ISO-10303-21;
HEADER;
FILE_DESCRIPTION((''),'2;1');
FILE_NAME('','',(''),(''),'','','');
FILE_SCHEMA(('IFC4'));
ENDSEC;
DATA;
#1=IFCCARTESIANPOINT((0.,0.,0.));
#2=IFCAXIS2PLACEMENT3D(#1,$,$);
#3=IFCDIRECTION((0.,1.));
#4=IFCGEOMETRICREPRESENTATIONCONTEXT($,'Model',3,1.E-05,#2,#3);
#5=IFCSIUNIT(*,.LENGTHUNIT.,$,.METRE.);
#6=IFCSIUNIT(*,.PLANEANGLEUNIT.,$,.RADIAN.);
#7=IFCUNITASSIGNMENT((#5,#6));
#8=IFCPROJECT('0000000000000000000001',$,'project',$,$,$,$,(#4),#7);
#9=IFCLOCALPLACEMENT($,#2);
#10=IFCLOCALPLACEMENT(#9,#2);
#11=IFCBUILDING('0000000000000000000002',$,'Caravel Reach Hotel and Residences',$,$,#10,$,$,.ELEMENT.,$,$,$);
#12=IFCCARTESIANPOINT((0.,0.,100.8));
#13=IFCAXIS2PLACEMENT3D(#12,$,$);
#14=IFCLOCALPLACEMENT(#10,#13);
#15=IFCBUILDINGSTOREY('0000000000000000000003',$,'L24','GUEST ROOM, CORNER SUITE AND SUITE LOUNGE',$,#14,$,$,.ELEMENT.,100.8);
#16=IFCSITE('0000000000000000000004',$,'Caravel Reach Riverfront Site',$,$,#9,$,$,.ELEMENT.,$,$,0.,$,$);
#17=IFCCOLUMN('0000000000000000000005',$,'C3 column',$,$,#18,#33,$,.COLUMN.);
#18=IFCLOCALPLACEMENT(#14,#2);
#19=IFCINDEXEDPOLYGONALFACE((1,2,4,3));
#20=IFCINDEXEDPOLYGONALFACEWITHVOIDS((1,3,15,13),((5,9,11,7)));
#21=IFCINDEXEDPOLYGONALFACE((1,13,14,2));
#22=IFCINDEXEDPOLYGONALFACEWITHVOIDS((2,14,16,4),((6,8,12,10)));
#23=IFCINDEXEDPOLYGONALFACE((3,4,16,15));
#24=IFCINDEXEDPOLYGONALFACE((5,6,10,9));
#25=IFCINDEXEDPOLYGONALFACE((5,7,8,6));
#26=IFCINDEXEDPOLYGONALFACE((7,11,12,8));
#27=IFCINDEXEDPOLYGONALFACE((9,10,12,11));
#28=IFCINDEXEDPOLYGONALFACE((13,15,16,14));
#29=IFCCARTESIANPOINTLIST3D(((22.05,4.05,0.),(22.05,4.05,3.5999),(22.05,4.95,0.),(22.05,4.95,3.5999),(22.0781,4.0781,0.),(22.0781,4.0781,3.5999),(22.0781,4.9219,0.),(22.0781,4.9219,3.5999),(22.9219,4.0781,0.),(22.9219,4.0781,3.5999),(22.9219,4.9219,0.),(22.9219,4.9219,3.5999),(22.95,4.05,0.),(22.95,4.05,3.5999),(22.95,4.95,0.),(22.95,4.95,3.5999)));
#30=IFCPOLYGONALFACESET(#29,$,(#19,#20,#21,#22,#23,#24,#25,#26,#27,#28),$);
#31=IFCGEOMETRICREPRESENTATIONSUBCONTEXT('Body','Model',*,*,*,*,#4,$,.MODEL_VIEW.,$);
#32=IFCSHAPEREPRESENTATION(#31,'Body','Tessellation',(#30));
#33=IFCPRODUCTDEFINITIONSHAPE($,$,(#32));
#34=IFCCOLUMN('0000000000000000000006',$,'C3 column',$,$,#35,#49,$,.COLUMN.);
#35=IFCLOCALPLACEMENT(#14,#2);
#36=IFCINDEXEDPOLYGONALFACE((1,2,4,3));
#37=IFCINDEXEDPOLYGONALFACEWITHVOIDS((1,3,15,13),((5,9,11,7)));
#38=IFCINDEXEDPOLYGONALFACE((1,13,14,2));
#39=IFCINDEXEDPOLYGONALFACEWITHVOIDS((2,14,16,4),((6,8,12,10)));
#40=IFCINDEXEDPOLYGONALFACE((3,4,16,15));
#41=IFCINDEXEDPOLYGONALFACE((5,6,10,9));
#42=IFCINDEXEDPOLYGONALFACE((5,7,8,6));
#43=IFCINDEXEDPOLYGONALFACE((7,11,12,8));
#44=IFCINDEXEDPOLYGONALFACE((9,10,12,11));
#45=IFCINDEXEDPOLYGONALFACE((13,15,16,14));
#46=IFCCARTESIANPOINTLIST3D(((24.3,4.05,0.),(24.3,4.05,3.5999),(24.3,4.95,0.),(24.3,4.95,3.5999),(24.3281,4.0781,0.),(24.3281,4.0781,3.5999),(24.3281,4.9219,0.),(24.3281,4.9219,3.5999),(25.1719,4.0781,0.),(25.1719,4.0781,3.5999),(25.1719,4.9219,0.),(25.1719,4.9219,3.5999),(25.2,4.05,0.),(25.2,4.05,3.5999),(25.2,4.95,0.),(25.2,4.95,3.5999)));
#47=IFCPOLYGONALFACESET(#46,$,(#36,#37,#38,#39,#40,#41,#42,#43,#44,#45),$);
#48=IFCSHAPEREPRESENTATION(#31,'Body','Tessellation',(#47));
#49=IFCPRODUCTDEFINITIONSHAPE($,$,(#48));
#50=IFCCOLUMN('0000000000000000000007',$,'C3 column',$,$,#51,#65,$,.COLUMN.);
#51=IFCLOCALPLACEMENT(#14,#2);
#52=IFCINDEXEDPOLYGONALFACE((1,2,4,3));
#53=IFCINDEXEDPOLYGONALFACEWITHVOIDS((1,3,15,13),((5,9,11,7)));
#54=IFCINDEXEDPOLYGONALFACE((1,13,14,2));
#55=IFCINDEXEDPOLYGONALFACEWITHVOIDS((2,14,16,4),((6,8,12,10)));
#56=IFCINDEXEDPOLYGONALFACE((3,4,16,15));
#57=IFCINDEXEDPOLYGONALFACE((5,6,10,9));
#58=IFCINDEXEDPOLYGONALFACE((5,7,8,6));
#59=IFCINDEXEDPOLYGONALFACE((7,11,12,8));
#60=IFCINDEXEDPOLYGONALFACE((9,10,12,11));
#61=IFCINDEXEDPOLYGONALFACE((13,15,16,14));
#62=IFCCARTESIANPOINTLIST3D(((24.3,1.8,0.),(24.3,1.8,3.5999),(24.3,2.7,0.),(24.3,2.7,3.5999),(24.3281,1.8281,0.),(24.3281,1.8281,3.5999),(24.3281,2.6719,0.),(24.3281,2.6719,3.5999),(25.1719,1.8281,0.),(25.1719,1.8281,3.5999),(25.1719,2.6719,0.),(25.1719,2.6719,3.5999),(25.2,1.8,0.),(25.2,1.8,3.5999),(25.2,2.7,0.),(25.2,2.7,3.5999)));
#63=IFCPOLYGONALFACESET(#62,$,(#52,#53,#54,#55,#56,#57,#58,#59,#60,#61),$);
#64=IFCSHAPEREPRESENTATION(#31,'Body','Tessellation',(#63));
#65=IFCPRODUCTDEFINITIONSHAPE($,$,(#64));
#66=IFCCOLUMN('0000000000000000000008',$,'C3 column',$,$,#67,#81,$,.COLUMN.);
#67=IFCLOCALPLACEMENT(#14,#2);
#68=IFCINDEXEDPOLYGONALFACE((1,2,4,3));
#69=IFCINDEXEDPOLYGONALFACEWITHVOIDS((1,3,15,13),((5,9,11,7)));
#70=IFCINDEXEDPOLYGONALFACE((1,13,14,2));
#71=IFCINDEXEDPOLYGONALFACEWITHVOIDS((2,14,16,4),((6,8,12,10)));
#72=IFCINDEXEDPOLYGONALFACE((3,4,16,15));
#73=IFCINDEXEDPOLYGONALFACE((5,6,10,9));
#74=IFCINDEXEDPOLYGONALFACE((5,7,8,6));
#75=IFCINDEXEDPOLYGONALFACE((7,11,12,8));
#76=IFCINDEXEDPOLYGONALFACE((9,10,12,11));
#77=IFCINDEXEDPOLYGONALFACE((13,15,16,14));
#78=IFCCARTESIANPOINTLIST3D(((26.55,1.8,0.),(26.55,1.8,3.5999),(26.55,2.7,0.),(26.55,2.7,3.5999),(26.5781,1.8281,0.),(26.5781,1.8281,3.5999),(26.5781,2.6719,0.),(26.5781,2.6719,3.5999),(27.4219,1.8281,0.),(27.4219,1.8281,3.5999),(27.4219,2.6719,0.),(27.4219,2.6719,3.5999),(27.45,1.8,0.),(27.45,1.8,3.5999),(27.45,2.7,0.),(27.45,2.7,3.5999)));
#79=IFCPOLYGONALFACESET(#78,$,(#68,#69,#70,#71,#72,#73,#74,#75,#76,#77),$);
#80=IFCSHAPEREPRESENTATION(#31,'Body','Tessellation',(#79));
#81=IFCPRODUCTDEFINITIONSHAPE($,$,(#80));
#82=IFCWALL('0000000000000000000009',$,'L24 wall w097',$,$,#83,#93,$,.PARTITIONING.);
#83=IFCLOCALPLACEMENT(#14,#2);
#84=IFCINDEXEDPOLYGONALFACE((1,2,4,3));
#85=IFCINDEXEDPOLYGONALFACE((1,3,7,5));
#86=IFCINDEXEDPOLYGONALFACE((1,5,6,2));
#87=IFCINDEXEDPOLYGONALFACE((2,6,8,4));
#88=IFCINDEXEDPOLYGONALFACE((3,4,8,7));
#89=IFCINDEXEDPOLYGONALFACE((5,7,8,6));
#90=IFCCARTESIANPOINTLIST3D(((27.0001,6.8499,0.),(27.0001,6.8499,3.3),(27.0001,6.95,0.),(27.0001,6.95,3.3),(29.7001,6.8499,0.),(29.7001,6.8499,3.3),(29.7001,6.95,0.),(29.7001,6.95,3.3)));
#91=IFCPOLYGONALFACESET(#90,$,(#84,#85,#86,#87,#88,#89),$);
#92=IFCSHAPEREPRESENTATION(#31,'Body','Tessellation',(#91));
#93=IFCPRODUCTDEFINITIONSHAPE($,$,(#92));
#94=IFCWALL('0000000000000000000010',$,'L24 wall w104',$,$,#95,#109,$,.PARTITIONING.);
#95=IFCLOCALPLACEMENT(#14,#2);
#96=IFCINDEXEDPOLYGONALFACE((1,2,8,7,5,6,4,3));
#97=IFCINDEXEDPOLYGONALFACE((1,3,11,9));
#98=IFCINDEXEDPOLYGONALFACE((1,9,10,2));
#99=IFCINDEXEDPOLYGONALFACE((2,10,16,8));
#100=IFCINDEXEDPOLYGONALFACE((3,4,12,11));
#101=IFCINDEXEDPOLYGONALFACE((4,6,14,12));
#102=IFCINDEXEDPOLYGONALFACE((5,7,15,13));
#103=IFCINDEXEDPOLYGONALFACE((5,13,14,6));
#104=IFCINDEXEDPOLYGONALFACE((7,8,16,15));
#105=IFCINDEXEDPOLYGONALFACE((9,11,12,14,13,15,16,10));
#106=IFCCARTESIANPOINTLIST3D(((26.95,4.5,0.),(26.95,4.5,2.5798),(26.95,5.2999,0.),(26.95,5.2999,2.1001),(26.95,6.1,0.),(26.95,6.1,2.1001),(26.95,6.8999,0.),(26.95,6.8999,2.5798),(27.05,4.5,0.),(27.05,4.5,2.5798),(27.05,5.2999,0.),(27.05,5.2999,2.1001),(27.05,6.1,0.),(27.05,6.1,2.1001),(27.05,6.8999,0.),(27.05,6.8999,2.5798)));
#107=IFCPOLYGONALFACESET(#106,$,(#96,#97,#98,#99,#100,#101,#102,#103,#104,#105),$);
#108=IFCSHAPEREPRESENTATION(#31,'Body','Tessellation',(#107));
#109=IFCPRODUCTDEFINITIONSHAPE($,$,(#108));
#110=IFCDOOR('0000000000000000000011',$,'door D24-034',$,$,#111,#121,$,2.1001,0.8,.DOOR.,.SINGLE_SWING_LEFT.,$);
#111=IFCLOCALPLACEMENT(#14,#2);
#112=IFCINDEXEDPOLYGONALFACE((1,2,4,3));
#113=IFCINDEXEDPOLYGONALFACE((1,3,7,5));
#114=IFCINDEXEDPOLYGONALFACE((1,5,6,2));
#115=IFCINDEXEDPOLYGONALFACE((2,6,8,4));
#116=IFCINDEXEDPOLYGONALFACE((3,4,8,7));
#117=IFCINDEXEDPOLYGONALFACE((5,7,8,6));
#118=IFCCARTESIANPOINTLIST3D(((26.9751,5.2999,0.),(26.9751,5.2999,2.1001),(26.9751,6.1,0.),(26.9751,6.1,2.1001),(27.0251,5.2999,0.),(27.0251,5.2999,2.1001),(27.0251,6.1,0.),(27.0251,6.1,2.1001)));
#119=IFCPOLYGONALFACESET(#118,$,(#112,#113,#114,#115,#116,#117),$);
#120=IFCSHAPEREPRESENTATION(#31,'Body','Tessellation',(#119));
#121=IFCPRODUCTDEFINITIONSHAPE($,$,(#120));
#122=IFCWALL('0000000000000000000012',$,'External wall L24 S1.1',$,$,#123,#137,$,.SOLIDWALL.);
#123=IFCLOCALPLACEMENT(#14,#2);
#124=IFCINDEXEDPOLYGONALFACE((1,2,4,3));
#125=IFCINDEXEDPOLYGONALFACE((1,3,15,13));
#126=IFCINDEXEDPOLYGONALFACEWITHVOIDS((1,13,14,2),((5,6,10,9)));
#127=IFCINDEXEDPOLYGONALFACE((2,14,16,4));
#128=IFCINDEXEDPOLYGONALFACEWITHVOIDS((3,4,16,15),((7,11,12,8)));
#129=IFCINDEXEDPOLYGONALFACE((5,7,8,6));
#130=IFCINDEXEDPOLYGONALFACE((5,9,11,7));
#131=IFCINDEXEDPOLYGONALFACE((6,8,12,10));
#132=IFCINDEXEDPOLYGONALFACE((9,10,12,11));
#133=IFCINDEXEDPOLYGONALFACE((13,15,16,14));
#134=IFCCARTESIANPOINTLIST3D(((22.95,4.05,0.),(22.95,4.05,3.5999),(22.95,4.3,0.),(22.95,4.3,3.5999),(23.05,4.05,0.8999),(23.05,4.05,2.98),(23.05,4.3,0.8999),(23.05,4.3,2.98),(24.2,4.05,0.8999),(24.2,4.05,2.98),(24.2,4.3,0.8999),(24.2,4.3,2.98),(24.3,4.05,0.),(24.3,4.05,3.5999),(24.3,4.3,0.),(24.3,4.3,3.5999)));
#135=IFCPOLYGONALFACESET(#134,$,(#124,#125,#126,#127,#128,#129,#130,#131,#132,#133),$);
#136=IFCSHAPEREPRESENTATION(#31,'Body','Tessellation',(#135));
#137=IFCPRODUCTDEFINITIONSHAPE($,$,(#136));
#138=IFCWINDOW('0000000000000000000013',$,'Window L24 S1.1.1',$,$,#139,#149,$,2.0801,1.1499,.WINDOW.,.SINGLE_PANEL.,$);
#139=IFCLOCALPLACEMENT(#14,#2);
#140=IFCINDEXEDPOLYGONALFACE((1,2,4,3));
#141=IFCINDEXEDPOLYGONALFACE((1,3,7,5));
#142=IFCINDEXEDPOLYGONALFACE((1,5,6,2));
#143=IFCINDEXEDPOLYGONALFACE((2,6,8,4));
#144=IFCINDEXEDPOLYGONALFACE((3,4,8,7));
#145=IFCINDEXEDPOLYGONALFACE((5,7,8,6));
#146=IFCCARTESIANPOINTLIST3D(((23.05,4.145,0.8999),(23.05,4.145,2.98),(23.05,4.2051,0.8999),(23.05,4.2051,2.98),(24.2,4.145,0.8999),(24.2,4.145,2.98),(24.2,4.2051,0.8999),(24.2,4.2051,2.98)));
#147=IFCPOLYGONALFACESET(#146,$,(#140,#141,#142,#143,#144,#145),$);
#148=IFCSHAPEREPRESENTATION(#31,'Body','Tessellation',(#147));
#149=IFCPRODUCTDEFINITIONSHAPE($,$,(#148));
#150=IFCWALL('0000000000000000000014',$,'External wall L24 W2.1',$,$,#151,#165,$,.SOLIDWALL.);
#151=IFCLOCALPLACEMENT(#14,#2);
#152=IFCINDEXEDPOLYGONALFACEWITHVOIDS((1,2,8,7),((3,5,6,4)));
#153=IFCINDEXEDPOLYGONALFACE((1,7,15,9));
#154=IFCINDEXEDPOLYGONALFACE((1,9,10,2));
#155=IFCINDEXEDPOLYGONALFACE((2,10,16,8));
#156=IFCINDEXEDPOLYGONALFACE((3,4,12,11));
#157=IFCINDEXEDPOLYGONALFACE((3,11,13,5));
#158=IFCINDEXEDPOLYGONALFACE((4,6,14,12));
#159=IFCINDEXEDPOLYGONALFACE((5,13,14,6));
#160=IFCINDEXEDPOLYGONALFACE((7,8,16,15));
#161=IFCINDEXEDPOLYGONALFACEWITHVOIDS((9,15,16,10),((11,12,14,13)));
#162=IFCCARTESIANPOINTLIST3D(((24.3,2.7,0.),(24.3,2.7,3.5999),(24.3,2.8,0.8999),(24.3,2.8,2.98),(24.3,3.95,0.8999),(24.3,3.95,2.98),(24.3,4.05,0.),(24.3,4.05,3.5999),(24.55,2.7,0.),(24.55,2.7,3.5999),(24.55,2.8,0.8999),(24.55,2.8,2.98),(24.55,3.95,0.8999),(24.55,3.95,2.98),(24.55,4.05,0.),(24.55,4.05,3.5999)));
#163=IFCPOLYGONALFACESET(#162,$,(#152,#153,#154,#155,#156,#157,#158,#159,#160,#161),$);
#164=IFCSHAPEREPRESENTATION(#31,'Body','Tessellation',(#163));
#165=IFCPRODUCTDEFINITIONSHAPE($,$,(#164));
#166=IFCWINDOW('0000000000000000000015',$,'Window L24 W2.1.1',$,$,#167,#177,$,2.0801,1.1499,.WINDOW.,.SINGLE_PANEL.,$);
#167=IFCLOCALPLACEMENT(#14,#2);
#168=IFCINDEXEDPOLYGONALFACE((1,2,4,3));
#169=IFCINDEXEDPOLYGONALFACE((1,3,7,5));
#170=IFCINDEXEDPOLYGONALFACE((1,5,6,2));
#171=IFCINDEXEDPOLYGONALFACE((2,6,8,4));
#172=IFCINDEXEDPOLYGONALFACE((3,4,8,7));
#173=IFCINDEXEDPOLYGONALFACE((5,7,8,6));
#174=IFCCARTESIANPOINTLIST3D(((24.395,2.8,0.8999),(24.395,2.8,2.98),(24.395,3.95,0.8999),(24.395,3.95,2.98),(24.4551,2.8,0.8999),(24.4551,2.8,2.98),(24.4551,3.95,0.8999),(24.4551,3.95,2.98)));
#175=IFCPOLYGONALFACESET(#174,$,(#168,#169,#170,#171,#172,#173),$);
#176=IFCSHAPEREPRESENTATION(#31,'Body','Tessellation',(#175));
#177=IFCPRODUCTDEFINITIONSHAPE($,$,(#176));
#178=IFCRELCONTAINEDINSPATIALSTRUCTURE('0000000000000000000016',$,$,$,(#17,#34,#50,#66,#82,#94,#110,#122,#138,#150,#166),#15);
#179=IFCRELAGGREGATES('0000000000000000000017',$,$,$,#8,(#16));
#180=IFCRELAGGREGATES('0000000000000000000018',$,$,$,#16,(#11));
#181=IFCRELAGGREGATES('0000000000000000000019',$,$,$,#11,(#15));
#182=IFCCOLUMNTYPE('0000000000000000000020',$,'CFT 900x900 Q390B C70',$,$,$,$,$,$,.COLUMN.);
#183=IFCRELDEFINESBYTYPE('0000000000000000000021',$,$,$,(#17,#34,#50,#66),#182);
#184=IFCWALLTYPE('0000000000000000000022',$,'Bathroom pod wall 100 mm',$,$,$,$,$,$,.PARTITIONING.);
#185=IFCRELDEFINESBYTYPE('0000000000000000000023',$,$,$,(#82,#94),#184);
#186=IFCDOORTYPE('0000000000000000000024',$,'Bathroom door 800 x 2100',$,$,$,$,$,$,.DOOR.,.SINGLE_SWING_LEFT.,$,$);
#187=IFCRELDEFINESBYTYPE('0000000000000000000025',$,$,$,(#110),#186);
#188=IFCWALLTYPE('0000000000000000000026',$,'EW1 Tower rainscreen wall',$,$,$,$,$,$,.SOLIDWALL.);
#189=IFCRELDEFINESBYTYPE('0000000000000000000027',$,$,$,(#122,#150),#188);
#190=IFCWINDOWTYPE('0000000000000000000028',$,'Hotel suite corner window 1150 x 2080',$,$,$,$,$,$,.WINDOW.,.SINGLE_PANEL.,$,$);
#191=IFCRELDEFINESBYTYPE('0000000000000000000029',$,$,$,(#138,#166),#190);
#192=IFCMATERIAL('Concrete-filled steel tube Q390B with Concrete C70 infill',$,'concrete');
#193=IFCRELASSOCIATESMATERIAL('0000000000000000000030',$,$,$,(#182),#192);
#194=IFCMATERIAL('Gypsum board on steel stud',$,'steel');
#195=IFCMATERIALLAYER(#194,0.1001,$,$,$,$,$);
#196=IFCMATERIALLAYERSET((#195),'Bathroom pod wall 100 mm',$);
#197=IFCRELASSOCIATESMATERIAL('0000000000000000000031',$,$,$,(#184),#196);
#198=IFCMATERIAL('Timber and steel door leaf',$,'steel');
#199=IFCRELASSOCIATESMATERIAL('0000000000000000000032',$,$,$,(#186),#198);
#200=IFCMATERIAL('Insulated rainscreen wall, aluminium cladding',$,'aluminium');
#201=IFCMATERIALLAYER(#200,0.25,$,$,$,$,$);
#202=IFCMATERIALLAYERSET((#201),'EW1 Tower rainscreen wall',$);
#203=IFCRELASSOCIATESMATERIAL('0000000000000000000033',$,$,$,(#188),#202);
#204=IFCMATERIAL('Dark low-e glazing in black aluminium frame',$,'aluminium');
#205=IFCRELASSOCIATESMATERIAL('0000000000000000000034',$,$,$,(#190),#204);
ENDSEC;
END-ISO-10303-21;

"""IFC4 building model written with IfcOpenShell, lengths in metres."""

from ifc_helpers import new_model, si_unit, direction, frame, frame_2d, origin, origin_2d, place, context, subcontext, project, spatial, rectangle, hollow_rectangle, extrude, material, layer, layer_set, material_profile, profile_set, type_object, element, fill, save


model = new_model("IFC4")

# Units and contexts
model_context = context("Model", 3, precision=1e-05, world=origin(), true_north=direction((0.0, 1.0)))
body_context = subcontext(model_context, "Body", "Model", "MODEL_VIEW")
ifc_project = project(units=[si_unit("LENGTHUNIT", "METRE"), si_unit("PLANEANGLEUNIT", "RADIAN")], contexts=[model_context])

# Site, building, storey
site_placement = place(None, origin())
site = spatial("IfcSite", under=ifc_project, at=site_placement, Name="Caravel Reach Riverfront Site", CompositionType="ELEMENT", RefElevation=0.0)
building_placement = place(site_placement, origin())
building = spatial("IfcBuilding", under=site, at=building_placement, Name="Caravel Reach Hotel and Residences", CompositionType="ELEMENT")
storey_placement = place(building_placement, frame((0.0, 0.0, 100.8)))
storey = spatial("IfcBuildingStorey", under=building, at=storey_placement, Name="L24", Description="GUEST ROOM, CORNER SUITE AND SUITE LOUNGE", CompositionType="ELEMENT", Elevation=100.8)

# Columns
ifc_material_1 = material(Name="Concrete-filled steel tube Q390B with Concrete C70 infill", Category="concrete")
ifc_material_profile = material_profile(ifc_material_1, hollow_rectangle(XDim=0.8999, YDim=0.8999, WallThickness=0.0281, at=origin_2d()), Name="RHS 900x900x28")
ifc_profile_set = profile_set([ifc_material_profile], Name="Concrete-filled steel tube Q390B with Concrete C70 infill")
column_type = type_object("IfcColumnType", Name="CFT 900x900 Q390B C70", PredefinedType="COLUMN", material=ifc_profile_set)
for number, where, z_axis, x_axis, name in (
    (1, (22.5, 4.5, 0.0), (0.0, 0.0, 1.0), (1.0, 0.0, 0.0), "C3 column"),
    (2, (24.75, 4.5, 0.0), (0.0, 0.0, 1.0), (1.0, 0.0, 0.0), "C3 column"),
    (3, (24.75, 2.25, 0.0), (0.0, 0.0, 1.0), (1.0, 0.0, 0.0), "C3 column"),
    (4, (27.0, 2.25, 0.0), (0.0, 0.0, 1.0), (1.0, 0.0, 0.0), "C3 column"),
):
    element("IfcColumn", number, at=place(storey_placement, frame(where, z_axis=z_axis, x_axis=x_axis)), inside=storey, type_object=column_type, Name=name, PredefinedType="COLUMN", context=body_context, shape_type="SweptSolid", body=[
        extrude(hollow_rectangle(XDim=0.8999, YDim=0.8999, WallThickness=0.0281, at=origin_2d()), origin(), (0.0, 0.0, 1.0), 3.5999),
    ])

# Wall
ifc_material_2 = material(Name="Gypsum board on steel stud", Category="steel")
ifc_layer_1 = layer(ifc_material_2, 0.1001)
ifc_layer_set_1 = layer_set([ifc_layer_1], Name="Bathroom pod wall 100 mm")
wall_type_1 = type_object("IfcWallType", Name="Bathroom pod wall 100 mm", PredefinedType="PARTITIONING", material=ifc_layer_set_1)
wall_1_placement = place(storey_placement, frame((27.0, 6.8999, 0.0), z_axis=(0.0, 0.0, 1.0), x_axis=(1.0, 0.0, 0.0)))
element("IfcWall", 5, at=wall_1_placement, inside=storey, type_object=wall_type_1, Name="L24 wall w097", PredefinedType="PARTITIONING", context=body_context, shape_type="SweptSolid", body=[
    extrude(rectangle(XDim=2.7, YDim=0.1001, at=frame_2d((1.3501, 0.0))), origin(), (0.0, 0.0, 1.0), 3.3),
])

# Wall, opening, door
wall_2_placement = place(storey_placement, frame((27.0, 4.5, 0.0), z_axis=(0.0, 0.0, 1.0), x_axis=(0.0, 1.0, 0.0)))
wall_2 = element("IfcWall", 6, at=wall_2_placement, inside=storey, type_object=wall_type_1, Name="L24 wall w104", PredefinedType="PARTITIONING", context=body_context, shape_type="SweptSolid", body=[
    extrude(rectangle(XDim=2.3999, YDim=0.1001, at=frame_2d((1.2, 0.0))), origin(), (0.0, 0.0, 1.0), 2.5798),
])
opening_1_placement = place(wall_2_placement, frame((0.8, 0.0, 0.0)))
opening_1 = element("IfcOpeningElement", 7, at=opening_1_placement, cuts=wall_2, PredefinedType="OPENING", context=body_context, shape_type="SweptSolid", body=[
    extrude(rectangle(XDim=0.8, YDim=2.1001, at=frame_2d((0.3999, 1.05))), frame((0.0, 0.0601, 0.0), z_axis=(0.0, -1.0, 0.0), x_axis=(1.0, 0.0, 0.0)), (0.0, 0.0, 1.0), 0.1201),
])
ifc_material_3 = material(Name="Timber and steel door leaf", Category="steel")
door_type_1 = type_object("IfcDoorType", Name="Bathroom door 800 x 2100", OperationType="SINGLE_SWING_LEFT", PredefinedType="DOOR", material=ifc_material_3)
door_1_placement = place(opening_1_placement, origin())
door_1 = element("IfcDoor", 8, at=door_1_placement, inside=storey, type_object=door_type_1, Name="door D24-034", OperationType="SINGLE_SWING_LEFT", OverallHeight=2.1001, OverallWidth=0.8, PredefinedType="DOOR", context=body_context, shape_type="SweptSolid", body=[
    extrude(rectangle(XDim=0.8, YDim=2.1001, at=frame_2d((0.3999, 1.05))), frame((0.0, 0.0249, 0.0), z_axis=(0.0, -1.0, 0.0), x_axis=(1.0, 0.0, 0.0)), (0.0, 0.0, 1.0), 0.05),
])
fill(opening_1, door_1)

# Walls, openings, windows
ifc_material_4 = material(Name="Insulated rainscreen wall, aluminium cladding", Category="aluminium")
ifc_layer_2 = layer(ifc_material_4, 0.25)
ifc_layer_set_2 = layer_set([ifc_layer_2], Name="EW1 Tower rainscreen wall")
wall_type_2 = type_object("IfcWallType", Name="EW1 Tower rainscreen wall", PredefinedType="SOLIDWALL", material=ifc_layer_set_2)
wall_3_placement = place(storey_placement, frame((22.95, 4.175, 0.0), z_axis=(0.0, 0.0, 1.0), x_axis=(1.0, 0.0, 0.0)))
wall_3 = element("IfcWall", 9, at=wall_3_placement, inside=storey, type_object=wall_type_2, Name="External wall L24 S1.1", PredefinedType="SOLIDWALL", context=body_context, shape_type="SweptSolid", body=[
    extrude(rectangle(XDim=1.3501, YDim=0.25, at=frame_2d((0.675, 0.0))), origin(), (0.0, 0.0, 1.0), 3.5999),
])
opening_2_placement = place(wall_3_placement, frame((0.1001, 0.0, 0.8999)))
opening_2 = element("IfcOpeningElement", 10, at=opening_2_placement, cuts=wall_3, PredefinedType="OPENING", context=body_context, shape_type="SweptSolid", body=[
    extrude(rectangle(XDim=1.1499, YDim=2.0801, at=frame_2d((0.575, 1.04))), frame((0.0, 0.135, 0.0), z_axis=(0.0, -1.0, 0.0), x_axis=(1.0, 0.0, 0.0)), (0.0, 0.0, 1.0), 0.27),
])
ifc_material_5 = material(Name="Dark low-e glazing in black aluminium frame", Category="aluminium")
window_type = type_object("IfcWindowType", Name="Hotel suite corner window 1150 x 2080", PartitioningType="SINGLE_PANEL", PredefinedType="WINDOW", material=ifc_material_5)
window_1_placement = place(opening_2_placement, origin())
window_1 = element("IfcWindow", 11, at=window_1_placement, inside=storey, type_object=window_type, Name="Window L24 S1.1.1", OverallHeight=2.0801, OverallWidth=1.1499, PartitioningType="SINGLE_PANEL", PredefinedType="WINDOW", context=body_context, shape_type="SweptSolid", body=[
    extrude(rectangle(XDim=1.1499, YDim=2.0801, at=frame_2d((0.575, 1.04))), frame((0.0, 0.03, 0.0), z_axis=(0.0, -1.0, 0.0), x_axis=(1.0, 0.0, 0.0)), (0.0, 0.0, 1.0), 0.0601),
])
fill(opening_2, window_1)
wall_4_placement = place(storey_placement, frame((24.425, 4.05, 0.0), z_axis=(0.0, 0.0, 1.0), x_axis=(0.0, -1.0, 0.0)))
wall_4 = element("IfcWall", 12, at=wall_4_placement, inside=storey, type_object=wall_type_2, Name="External wall L24 W2.1", PredefinedType="SOLIDWALL", context=body_context, shape_type="SweptSolid", body=[
    extrude(rectangle(XDim=1.3501, YDim=0.25, at=frame_2d((0.675, 0.0))), origin(), (0.0, 0.0, 1.0), 3.5999),
])
opening_3_placement = place(wall_4_placement, frame((0.1001, 0.0, 0.8999)))
opening_3 = element("IfcOpeningElement", 13, at=opening_3_placement, cuts=wall_4, PredefinedType="OPENING", context=body_context, shape_type="SweptSolid", body=[
    extrude(rectangle(XDim=1.1499, YDim=2.0801, at=frame_2d((0.575, 1.04))), frame((0.0, 0.135, 0.0), z_axis=(0.0, -1.0, 0.0), x_axis=(1.0, 0.0, 0.0)), (0.0, 0.0, 1.0), 0.27),
])
window_2_placement = place(opening_3_placement, origin())
window_2 = element("IfcWindow", 14, at=window_2_placement, inside=storey, type_object=window_type, Name="Window L24 W2.1.1", OverallHeight=2.0801, OverallWidth=1.1499, PartitioningType="SINGLE_PANEL", PredefinedType="WINDOW", context=body_context, shape_type="SweptSolid", body=[
    extrude(rectangle(XDim=1.1499, YDim=2.0801, at=frame_2d((0.575, 1.04))), frame((0.0, 0.03, 0.0), z_axis=(0.0, -1.0, 0.0), x_axis=(1.0, 0.0, 0.0)), (0.0, 0.0, 1.0), 0.0601),
])
fill(opening_3, window_2)

save(model, "model.ifc")
